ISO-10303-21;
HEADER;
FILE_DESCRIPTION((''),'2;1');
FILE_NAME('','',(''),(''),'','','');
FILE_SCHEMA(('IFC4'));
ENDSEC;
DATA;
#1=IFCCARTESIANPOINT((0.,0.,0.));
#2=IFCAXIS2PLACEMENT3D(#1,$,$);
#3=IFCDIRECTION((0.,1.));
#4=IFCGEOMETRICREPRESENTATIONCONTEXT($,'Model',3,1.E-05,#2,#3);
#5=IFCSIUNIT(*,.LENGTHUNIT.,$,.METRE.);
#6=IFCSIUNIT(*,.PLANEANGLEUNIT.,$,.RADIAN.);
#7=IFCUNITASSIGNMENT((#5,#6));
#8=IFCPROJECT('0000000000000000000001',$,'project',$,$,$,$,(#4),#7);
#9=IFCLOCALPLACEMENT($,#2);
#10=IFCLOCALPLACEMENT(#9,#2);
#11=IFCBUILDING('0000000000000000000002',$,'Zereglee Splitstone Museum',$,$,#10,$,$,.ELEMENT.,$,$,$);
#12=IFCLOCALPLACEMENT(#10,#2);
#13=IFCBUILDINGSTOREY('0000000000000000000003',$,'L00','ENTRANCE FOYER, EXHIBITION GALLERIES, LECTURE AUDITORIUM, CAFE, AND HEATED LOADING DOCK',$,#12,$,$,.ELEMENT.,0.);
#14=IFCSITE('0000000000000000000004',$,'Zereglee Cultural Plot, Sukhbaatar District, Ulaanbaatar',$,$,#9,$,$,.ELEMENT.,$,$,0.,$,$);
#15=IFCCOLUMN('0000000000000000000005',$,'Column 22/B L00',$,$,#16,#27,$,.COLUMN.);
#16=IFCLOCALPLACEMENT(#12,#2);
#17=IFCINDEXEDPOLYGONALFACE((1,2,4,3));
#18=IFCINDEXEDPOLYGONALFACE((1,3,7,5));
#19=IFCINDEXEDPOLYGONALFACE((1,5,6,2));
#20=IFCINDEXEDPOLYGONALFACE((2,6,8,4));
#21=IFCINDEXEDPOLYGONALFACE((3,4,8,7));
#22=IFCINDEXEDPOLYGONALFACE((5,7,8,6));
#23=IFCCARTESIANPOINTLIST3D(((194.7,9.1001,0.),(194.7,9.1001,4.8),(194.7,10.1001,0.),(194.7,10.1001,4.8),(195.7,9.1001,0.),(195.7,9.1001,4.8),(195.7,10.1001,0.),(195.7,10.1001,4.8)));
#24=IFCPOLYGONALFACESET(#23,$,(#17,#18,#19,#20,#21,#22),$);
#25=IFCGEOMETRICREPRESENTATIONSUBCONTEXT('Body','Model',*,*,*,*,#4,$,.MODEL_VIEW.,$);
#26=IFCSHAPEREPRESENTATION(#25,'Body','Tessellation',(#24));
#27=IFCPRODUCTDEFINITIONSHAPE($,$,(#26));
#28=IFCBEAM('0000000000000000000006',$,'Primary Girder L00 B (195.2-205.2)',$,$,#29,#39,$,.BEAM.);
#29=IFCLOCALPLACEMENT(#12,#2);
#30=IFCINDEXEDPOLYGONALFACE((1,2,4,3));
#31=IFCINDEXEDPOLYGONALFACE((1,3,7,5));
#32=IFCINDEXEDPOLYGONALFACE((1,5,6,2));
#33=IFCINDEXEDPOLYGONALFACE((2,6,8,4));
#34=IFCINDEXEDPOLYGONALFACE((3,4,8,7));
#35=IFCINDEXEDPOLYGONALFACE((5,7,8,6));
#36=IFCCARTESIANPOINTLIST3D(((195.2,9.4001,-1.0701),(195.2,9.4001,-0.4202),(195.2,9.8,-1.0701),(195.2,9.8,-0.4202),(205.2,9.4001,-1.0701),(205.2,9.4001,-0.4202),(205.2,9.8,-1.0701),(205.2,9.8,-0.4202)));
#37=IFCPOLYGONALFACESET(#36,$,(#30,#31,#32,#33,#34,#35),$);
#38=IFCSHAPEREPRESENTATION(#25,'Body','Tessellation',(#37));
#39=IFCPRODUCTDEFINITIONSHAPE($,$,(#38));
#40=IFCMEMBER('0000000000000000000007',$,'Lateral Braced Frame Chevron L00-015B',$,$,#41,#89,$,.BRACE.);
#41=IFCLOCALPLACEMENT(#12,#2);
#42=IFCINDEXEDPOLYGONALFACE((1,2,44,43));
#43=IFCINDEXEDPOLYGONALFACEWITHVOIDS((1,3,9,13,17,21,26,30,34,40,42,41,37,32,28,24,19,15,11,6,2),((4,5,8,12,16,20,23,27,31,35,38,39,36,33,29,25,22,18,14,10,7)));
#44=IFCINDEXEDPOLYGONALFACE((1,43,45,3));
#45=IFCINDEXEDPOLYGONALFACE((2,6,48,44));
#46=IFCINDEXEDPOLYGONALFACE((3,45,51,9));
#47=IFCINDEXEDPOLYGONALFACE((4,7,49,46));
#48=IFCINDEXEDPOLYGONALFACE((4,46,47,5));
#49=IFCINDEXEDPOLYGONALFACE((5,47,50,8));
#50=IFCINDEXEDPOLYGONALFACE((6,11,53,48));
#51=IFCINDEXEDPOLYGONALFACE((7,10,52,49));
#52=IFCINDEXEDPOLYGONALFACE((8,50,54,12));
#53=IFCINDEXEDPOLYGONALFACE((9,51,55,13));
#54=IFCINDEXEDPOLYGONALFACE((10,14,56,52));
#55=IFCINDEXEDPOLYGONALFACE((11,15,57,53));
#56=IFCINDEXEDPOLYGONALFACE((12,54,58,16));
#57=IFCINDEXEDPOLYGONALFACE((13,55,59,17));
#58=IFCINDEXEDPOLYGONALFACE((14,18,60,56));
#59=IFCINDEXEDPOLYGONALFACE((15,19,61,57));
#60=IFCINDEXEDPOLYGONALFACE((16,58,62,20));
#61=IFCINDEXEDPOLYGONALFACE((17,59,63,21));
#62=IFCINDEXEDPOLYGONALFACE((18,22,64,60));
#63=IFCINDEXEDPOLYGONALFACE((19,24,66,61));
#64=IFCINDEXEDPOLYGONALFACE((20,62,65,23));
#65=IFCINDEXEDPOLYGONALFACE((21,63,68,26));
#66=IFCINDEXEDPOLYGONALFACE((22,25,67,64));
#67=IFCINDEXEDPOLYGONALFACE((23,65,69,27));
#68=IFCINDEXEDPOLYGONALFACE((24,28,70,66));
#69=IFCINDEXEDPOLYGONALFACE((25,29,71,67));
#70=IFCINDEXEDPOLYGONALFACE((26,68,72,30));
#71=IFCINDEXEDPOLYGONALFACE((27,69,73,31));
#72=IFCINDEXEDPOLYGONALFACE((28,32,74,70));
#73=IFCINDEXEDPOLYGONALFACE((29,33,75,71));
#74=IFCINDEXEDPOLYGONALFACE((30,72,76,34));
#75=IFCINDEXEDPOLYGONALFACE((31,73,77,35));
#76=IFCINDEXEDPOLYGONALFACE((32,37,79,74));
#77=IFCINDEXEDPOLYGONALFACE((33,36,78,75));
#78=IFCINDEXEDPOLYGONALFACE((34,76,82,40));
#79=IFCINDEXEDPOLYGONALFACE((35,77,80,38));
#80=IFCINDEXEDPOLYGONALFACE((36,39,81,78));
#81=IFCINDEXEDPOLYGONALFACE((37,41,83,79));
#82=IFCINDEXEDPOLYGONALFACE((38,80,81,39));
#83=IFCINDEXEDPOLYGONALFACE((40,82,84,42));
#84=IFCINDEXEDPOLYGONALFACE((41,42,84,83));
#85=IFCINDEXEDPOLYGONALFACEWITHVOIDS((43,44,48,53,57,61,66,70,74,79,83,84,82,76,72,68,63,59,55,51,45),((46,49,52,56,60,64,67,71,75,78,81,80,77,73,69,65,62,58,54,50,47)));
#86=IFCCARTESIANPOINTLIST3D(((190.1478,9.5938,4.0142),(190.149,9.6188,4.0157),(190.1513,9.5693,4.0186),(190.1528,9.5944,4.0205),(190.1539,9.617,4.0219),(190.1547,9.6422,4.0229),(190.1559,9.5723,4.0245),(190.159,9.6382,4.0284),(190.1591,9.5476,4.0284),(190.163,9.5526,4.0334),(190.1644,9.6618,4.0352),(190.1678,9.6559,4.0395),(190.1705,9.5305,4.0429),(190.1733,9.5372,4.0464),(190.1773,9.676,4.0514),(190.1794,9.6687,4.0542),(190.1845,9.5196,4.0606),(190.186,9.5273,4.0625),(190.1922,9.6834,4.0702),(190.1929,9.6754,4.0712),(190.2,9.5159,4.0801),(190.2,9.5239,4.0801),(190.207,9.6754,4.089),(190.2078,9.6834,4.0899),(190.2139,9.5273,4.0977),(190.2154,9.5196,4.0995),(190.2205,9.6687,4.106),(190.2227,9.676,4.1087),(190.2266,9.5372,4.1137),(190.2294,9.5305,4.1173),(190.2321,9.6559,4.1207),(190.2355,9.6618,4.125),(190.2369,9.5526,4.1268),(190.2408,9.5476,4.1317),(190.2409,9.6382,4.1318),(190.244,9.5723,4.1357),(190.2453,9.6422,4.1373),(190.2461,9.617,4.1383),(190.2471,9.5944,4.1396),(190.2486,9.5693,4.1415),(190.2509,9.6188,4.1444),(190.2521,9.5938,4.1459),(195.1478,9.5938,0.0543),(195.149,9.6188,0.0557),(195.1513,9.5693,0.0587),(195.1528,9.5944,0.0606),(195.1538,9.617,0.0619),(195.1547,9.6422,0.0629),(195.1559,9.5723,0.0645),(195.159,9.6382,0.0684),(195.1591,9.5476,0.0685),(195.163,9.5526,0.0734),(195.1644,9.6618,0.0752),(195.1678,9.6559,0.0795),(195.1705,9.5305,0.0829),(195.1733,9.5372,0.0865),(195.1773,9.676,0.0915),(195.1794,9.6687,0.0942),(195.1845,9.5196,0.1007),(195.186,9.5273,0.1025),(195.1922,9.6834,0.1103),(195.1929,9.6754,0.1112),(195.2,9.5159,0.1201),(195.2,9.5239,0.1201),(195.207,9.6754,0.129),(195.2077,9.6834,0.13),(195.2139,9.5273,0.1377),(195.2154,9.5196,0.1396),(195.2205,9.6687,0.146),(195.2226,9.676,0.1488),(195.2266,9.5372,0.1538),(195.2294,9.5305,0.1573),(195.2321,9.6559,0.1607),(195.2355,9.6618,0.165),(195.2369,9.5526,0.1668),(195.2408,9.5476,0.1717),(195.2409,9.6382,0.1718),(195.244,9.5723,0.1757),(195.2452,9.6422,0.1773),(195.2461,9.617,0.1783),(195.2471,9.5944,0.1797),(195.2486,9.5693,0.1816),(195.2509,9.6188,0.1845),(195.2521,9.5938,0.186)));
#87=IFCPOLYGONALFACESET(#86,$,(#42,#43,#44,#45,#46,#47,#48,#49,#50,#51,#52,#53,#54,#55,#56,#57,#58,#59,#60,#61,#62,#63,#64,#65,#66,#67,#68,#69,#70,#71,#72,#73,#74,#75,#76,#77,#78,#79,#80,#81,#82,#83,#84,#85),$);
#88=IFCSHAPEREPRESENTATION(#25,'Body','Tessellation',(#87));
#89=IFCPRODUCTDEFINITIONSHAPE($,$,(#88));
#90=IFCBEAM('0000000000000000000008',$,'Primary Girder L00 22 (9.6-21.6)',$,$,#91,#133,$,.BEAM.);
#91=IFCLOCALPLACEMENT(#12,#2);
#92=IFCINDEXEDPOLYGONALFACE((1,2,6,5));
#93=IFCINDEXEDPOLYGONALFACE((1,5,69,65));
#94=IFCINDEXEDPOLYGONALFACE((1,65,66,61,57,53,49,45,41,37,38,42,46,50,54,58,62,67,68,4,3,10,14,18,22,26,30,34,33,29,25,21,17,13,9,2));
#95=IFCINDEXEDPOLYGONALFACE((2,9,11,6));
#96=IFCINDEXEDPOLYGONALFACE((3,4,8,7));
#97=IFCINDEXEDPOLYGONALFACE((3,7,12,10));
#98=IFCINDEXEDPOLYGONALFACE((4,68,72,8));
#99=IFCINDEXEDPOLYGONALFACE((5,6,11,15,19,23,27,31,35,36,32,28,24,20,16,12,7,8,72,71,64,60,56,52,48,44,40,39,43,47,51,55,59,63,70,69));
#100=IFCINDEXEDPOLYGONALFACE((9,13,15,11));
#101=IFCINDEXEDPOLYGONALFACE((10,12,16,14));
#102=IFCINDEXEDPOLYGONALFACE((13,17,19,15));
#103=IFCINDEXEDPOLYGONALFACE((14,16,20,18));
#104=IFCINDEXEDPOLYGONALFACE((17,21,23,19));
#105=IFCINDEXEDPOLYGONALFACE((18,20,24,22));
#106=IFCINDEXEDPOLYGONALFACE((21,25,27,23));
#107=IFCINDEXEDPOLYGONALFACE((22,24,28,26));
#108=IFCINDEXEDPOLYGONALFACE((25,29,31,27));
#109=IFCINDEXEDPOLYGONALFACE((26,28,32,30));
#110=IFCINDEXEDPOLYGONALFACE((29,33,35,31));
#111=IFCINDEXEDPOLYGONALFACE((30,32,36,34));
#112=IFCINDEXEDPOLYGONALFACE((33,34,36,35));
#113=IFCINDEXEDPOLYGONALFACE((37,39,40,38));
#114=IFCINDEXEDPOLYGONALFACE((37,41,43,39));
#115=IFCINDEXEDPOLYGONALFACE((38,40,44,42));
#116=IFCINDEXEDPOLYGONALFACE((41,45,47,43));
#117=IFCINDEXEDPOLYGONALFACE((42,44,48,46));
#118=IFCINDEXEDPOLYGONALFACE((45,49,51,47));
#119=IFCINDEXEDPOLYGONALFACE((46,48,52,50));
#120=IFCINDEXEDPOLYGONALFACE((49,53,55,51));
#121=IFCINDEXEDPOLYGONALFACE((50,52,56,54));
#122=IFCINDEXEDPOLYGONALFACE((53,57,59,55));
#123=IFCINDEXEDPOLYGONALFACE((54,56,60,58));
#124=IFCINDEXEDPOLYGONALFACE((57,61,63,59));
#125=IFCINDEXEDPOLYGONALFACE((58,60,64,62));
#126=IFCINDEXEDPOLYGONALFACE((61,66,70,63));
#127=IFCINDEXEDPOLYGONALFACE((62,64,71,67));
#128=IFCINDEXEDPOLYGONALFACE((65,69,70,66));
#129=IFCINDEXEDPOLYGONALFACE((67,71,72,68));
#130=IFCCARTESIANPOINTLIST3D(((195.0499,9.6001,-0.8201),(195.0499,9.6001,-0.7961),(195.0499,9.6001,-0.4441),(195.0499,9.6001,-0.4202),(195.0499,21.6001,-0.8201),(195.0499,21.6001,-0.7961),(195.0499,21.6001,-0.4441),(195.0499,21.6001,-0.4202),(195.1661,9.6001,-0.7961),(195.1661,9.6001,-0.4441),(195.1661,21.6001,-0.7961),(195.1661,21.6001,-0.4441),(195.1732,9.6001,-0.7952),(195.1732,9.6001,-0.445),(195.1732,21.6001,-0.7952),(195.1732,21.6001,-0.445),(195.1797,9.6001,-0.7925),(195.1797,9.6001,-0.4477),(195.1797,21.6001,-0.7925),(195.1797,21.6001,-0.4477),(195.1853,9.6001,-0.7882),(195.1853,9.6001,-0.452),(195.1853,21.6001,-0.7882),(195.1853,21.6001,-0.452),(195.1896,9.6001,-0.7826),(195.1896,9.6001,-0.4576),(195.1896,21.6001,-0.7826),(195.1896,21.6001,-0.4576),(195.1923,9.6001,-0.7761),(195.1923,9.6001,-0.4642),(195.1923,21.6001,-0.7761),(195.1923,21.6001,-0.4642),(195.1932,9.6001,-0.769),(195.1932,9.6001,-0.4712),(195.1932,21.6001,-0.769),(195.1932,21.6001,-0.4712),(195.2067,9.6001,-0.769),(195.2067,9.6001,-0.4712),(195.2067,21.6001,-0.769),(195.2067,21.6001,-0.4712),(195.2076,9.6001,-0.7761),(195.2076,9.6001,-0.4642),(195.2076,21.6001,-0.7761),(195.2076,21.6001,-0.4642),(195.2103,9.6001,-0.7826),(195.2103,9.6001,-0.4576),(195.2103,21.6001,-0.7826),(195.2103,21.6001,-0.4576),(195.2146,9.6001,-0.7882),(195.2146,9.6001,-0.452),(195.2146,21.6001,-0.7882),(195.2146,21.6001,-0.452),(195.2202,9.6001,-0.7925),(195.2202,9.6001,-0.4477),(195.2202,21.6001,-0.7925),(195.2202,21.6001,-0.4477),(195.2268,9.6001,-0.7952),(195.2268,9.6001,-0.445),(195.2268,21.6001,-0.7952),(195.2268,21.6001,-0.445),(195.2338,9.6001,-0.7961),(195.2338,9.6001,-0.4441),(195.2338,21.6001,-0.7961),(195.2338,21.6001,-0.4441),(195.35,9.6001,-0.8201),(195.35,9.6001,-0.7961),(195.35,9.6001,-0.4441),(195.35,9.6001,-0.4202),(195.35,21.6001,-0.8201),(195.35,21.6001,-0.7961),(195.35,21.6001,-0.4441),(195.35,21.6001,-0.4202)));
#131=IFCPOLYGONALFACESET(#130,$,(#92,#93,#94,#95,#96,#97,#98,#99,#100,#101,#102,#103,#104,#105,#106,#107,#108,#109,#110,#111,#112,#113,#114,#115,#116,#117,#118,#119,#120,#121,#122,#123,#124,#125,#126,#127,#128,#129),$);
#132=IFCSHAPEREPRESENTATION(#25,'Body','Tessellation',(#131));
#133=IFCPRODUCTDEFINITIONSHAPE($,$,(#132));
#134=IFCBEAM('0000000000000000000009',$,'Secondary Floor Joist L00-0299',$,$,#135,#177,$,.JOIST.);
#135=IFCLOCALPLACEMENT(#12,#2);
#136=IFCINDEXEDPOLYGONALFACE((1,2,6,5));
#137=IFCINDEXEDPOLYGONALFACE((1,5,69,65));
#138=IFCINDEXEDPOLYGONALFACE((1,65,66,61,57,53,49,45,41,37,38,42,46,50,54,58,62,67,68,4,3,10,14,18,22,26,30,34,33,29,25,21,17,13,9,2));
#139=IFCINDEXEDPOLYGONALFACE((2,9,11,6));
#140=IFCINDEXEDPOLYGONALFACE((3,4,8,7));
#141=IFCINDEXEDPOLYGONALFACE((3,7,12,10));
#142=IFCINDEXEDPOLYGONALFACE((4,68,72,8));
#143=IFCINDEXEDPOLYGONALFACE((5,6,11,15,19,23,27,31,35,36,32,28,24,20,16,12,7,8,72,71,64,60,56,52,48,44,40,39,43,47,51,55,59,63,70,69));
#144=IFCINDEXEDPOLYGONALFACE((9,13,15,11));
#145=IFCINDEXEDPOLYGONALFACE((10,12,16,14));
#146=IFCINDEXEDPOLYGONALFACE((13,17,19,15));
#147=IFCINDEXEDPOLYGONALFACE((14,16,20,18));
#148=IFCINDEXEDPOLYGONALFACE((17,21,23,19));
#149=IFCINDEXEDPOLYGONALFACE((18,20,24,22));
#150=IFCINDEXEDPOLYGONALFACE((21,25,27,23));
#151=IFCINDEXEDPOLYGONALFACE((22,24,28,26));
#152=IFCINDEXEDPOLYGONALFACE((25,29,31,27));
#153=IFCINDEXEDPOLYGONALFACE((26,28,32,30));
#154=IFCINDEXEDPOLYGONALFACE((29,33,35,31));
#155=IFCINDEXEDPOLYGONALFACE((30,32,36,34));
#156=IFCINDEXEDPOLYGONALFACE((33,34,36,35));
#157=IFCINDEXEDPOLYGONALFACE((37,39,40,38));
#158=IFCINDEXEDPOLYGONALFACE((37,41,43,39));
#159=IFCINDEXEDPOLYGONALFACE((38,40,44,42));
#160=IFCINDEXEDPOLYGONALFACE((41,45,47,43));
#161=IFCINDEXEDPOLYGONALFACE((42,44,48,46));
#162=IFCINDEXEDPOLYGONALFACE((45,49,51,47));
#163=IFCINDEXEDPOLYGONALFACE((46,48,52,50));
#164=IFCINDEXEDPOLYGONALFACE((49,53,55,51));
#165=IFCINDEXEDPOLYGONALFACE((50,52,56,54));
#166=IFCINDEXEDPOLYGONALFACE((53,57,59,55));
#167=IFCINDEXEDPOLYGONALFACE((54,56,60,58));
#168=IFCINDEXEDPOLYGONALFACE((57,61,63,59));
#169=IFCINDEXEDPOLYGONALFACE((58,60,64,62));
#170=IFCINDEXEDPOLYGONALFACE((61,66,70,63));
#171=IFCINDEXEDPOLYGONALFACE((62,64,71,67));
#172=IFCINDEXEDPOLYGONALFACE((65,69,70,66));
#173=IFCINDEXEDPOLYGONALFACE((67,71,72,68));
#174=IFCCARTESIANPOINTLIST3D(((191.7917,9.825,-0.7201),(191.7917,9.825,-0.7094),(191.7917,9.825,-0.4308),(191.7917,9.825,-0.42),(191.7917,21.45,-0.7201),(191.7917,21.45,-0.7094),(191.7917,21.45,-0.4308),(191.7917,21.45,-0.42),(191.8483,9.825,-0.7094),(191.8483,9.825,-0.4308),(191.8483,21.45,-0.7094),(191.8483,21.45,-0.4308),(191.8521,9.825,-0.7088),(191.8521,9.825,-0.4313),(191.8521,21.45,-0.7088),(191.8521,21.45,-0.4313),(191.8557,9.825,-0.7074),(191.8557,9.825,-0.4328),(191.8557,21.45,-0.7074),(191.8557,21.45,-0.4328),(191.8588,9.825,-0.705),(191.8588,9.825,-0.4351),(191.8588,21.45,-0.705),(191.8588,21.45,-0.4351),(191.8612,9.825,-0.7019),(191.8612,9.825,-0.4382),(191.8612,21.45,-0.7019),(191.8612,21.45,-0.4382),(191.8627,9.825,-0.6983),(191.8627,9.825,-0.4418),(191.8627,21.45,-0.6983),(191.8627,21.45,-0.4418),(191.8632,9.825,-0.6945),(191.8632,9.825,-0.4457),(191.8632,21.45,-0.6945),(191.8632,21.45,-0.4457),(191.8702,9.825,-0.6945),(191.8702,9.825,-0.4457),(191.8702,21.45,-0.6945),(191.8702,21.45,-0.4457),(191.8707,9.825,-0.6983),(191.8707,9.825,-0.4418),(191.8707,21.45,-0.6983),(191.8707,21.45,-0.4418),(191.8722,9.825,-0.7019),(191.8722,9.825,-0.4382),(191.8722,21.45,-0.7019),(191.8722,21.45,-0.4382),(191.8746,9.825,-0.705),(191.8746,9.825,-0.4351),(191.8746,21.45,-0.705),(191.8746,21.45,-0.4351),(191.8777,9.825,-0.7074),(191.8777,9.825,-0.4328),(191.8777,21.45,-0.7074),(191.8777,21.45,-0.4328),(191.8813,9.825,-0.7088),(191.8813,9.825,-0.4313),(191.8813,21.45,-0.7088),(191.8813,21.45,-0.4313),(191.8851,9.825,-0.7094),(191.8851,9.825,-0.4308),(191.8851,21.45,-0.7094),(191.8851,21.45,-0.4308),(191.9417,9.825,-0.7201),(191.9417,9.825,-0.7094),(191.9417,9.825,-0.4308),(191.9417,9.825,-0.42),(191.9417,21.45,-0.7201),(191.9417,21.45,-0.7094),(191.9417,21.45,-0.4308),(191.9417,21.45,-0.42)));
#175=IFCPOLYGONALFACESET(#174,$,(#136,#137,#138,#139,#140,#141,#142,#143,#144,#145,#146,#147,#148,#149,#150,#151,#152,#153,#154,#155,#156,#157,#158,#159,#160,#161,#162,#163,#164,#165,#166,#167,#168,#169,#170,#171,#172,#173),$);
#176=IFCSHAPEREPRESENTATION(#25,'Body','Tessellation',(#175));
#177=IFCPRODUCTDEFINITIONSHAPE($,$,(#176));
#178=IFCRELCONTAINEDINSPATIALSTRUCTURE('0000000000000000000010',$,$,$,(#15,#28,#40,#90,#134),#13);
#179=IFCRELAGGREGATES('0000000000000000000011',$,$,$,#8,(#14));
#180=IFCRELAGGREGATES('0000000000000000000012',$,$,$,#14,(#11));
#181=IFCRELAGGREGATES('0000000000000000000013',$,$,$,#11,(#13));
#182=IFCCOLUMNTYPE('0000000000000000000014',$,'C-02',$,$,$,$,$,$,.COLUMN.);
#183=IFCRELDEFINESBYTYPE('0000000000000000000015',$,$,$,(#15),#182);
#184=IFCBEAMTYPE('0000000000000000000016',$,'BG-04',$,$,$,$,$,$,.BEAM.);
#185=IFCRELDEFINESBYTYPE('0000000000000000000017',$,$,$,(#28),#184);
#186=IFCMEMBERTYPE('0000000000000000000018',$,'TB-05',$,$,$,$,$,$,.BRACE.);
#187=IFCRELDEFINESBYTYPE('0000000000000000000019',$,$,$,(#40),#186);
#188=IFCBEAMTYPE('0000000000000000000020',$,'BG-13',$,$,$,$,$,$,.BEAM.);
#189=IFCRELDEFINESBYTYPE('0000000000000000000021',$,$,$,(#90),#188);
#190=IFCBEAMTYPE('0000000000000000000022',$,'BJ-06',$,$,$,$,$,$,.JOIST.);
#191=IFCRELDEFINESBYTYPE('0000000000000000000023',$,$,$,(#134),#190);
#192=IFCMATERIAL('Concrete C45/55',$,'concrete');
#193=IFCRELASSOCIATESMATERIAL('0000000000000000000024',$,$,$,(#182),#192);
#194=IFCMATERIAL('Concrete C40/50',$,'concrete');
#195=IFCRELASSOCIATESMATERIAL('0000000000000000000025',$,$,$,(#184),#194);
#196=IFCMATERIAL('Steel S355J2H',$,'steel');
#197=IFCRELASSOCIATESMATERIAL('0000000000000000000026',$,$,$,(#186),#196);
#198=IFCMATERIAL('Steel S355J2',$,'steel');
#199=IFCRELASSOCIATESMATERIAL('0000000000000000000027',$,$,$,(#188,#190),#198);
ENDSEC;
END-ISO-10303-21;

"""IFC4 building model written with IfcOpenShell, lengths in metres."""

from ifc_helpers import new_model, si_unit, direction, frame, origin, origin_2d, place, context, subcontext, project, spatial, rectangle, hollow_circle, i_section, extrude, material, material_profile, profile_set, type_object, element, save


model = new_model("IFC4")

# Units and contexts
model_context = context("Model", 3, precision=1e-05, world=origin(), true_north=direction((0.0, 1.0)))
body_context = subcontext(model_context, "Body", "Model", "MODEL_VIEW")
ifc_project = project(units=[si_unit("LENGTHUNIT", "METRE"), si_unit("PLANEANGLEUNIT", "RADIAN")], contexts=[model_context])

# Site, building, storey
site_placement = place(None, origin())
site = spatial("IfcSite", under=ifc_project, at=site_placement, Name="Zereglee Cultural Plot, Sukhbaatar District, Ulaanbaatar", CompositionType="ELEMENT", RefElevation=0.0)
building_placement = place(site_placement, origin())
building = spatial("IfcBuilding", under=site, at=building_placement, Name="Zereglee Splitstone Museum", CompositionType="ELEMENT")
storey_placement = place(building_placement, origin())
storey = spatial("IfcBuildingStorey", under=building, at=storey_placement, Name="L00", Description="ENTRANCE FOYER, EXHIBITION GALLERIES, LECTURE AUDITORIUM, CAFE, AND HEATED LOADING DOCK", CompositionType="ELEMENT", Elevation=0.0)

# Column
ifc_material_1 = material(Name="Concrete C45/55", Category="concrete")
ifc_material_profile_1 = material_profile(ifc_material_1, rectangle(XDim=1.0, YDim=1.0, at=origin_2d()), Name="RC 1000x1000")
ifc_profile_set_1 = profile_set([ifc_material_profile_1], Name="Concrete C45/55")
column_type = type_object("IfcColumnType", Name="C-02", PredefinedType="COLUMN", material=ifc_profile_set_1)
column_placement = place(storey_placement, frame((195.2, 9.6001, 0.0), z_axis=(0.0, 0.0, 1.0), x_axis=(1.0, 0.0, 0.0)))
element("IfcColumn", 1, at=column_placement, inside=storey, type_object=column_type, Name="Column 22/B L00", PredefinedType="COLUMN", context=body_context, shape_type="SweptSolid", body=[
    extrude(rectangle(XDim=1.0, YDim=1.0, at=origin_2d()), origin(), (0.0, 0.0, 1.0), 4.8),
])

# Beam
ifc_material_2 = material(Name="Concrete C40/50", Category="concrete")
ifc_material_profile_2 = material_profile(ifc_material_2, rectangle(XDim=0.3999, YDim=0.6499, at=origin_2d()), Name="RC 400x650")
ifc_profile_set_2 = profile_set([ifc_material_profile_2], Name="Concrete C40/50")
beam_type_1 = type_object("IfcBeamType", Name="BG-04", PredefinedType="BEAM", material=ifc_profile_set_2)
beam_1_placement = place(storey_placement, frame((195.2, 9.6001, -0.7451), z_axis=(1.0, 0.0, 0.0), x_axis=(0.0, 1.0, 0.0)))
element("IfcBeam", 2, at=beam_1_placement, inside=storey, type_object=beam_type_1, Name="Primary Girder L00 B (195.2-205.2)", PredefinedType="BEAM", context=body_context, shape_type="SweptSolid", body=[
    extrude(rectangle(XDim=0.3999, YDim=0.6499, at=origin_2d()), origin(), (0.0, 0.0, 1.0), 10.0),
])

# Member
ifc_material_3 = material(Name="Steel S355J2H", Category="steel")
ifc_material_profile_3 = material_profile(ifc_material_3, hollow_circle(Radius=0.0842, WallThickness=0.0081, at=origin_2d()), Name="CHS 168.3x8")
ifc_profile_set_3 = profile_set([ifc_material_profile_3], Name="Steel S355J2H")
member_type = type_object("IfcMemberType", Name="TB-05", PredefinedType="BRACE", material=ifc_profile_set_3)
member_placement = place(storey_placement, frame((195.2, 9.6001, 0.1201), z_axis=(-0.783922, 0.0, 0.62086), x_axis=(0.0, -1.0, 0.0)))
element("IfcMember", 3, at=member_placement, inside=storey, type_object=member_type, Name="Lateral Braced Frame Chevron L00-015B", PredefinedType="BRACE", context=body_context, shape_type="SweptSolid", body=[
    extrude(hollow_circle(Radius=0.0842, WallThickness=0.0081, at=origin_2d()), origin(), (0.0, 0.0, 1.0), 6.3782),
])

# Beams
ifc_material_4 = material(Name="Steel S355J2", Category="steel")
ifc_material_profile_4 = material_profile(ifc_material_4, i_section(OverallWidth=0.3, OverallDepth=0.3999, WebThickness=0.0134, FlangeThickness=0.0239, FilletRadius=0.0271, at=origin_2d()), Name="HE 400 B")
ifc_profile_set_4 = profile_set([ifc_material_profile_4], Name="Steel S355J2")
beam_type_2 = type_object("IfcBeamType", Name="BG-13", PredefinedType="BEAM", material=ifc_profile_set_4)
beam_2_placement = place(storey_placement, frame((195.2, 9.6001, -0.6201), z_axis=(0.0, 1.0, 0.0), x_axis=(-1.0, 0.0, 0.0)))
element("IfcBeam", 4, at=beam_2_placement, inside=storey, type_object=beam_type_2, Name="Primary Girder L00 22 (9.6-21.6)", PredefinedType="BEAM", context=body_context, shape_type="SweptSolid", body=[
    extrude(i_section(OverallWidth=0.3, OverallDepth=0.3999, WebThickness=0.0134, FlangeThickness=0.0239, FilletRadius=0.0271, at=origin_2d()), origin(), (0.0, 0.0, 1.0), 12.0),
])
ifc_material_profile_5 = material_profile(ifc_material_4, i_section(OverallWidth=0.1499, OverallDepth=0.3, WebThickness=0.0071, FlangeThickness=0.0107, FilletRadius=0.0149, at=origin_2d()), Name="IPE 300")
ifc_profile_set_5 = profile_set([ifc_material_profile_5], Name="Steel S355J2")
beam_type_3 = type_object("IfcBeamType", Name="BJ-06", PredefinedType="JOIST", material=ifc_profile_set_5)
beam_3_placement = place(storey_placement, frame((191.8667, 9.825, -0.5701), z_axis=(0.0, 1.0, 0.0), x_axis=(-1.0, 0.0, 0.0)))
element("IfcBeam", 5, at=beam_3_placement, inside=storey, type_object=beam_type_3, Name="Secondary Floor Joist L00-0299", PredefinedType="JOIST", context=body_context, shape_type="SweptSolid", body=[
    extrude(i_section(OverallWidth=0.1499, OverallDepth=0.3, WebThickness=0.0071, FlangeThickness=0.0107, FilletRadius=0.0149, at=origin_2d()), origin(), (0.0, 0.0, 1.0), 11.625),
])

save(model, "model.ifc")
